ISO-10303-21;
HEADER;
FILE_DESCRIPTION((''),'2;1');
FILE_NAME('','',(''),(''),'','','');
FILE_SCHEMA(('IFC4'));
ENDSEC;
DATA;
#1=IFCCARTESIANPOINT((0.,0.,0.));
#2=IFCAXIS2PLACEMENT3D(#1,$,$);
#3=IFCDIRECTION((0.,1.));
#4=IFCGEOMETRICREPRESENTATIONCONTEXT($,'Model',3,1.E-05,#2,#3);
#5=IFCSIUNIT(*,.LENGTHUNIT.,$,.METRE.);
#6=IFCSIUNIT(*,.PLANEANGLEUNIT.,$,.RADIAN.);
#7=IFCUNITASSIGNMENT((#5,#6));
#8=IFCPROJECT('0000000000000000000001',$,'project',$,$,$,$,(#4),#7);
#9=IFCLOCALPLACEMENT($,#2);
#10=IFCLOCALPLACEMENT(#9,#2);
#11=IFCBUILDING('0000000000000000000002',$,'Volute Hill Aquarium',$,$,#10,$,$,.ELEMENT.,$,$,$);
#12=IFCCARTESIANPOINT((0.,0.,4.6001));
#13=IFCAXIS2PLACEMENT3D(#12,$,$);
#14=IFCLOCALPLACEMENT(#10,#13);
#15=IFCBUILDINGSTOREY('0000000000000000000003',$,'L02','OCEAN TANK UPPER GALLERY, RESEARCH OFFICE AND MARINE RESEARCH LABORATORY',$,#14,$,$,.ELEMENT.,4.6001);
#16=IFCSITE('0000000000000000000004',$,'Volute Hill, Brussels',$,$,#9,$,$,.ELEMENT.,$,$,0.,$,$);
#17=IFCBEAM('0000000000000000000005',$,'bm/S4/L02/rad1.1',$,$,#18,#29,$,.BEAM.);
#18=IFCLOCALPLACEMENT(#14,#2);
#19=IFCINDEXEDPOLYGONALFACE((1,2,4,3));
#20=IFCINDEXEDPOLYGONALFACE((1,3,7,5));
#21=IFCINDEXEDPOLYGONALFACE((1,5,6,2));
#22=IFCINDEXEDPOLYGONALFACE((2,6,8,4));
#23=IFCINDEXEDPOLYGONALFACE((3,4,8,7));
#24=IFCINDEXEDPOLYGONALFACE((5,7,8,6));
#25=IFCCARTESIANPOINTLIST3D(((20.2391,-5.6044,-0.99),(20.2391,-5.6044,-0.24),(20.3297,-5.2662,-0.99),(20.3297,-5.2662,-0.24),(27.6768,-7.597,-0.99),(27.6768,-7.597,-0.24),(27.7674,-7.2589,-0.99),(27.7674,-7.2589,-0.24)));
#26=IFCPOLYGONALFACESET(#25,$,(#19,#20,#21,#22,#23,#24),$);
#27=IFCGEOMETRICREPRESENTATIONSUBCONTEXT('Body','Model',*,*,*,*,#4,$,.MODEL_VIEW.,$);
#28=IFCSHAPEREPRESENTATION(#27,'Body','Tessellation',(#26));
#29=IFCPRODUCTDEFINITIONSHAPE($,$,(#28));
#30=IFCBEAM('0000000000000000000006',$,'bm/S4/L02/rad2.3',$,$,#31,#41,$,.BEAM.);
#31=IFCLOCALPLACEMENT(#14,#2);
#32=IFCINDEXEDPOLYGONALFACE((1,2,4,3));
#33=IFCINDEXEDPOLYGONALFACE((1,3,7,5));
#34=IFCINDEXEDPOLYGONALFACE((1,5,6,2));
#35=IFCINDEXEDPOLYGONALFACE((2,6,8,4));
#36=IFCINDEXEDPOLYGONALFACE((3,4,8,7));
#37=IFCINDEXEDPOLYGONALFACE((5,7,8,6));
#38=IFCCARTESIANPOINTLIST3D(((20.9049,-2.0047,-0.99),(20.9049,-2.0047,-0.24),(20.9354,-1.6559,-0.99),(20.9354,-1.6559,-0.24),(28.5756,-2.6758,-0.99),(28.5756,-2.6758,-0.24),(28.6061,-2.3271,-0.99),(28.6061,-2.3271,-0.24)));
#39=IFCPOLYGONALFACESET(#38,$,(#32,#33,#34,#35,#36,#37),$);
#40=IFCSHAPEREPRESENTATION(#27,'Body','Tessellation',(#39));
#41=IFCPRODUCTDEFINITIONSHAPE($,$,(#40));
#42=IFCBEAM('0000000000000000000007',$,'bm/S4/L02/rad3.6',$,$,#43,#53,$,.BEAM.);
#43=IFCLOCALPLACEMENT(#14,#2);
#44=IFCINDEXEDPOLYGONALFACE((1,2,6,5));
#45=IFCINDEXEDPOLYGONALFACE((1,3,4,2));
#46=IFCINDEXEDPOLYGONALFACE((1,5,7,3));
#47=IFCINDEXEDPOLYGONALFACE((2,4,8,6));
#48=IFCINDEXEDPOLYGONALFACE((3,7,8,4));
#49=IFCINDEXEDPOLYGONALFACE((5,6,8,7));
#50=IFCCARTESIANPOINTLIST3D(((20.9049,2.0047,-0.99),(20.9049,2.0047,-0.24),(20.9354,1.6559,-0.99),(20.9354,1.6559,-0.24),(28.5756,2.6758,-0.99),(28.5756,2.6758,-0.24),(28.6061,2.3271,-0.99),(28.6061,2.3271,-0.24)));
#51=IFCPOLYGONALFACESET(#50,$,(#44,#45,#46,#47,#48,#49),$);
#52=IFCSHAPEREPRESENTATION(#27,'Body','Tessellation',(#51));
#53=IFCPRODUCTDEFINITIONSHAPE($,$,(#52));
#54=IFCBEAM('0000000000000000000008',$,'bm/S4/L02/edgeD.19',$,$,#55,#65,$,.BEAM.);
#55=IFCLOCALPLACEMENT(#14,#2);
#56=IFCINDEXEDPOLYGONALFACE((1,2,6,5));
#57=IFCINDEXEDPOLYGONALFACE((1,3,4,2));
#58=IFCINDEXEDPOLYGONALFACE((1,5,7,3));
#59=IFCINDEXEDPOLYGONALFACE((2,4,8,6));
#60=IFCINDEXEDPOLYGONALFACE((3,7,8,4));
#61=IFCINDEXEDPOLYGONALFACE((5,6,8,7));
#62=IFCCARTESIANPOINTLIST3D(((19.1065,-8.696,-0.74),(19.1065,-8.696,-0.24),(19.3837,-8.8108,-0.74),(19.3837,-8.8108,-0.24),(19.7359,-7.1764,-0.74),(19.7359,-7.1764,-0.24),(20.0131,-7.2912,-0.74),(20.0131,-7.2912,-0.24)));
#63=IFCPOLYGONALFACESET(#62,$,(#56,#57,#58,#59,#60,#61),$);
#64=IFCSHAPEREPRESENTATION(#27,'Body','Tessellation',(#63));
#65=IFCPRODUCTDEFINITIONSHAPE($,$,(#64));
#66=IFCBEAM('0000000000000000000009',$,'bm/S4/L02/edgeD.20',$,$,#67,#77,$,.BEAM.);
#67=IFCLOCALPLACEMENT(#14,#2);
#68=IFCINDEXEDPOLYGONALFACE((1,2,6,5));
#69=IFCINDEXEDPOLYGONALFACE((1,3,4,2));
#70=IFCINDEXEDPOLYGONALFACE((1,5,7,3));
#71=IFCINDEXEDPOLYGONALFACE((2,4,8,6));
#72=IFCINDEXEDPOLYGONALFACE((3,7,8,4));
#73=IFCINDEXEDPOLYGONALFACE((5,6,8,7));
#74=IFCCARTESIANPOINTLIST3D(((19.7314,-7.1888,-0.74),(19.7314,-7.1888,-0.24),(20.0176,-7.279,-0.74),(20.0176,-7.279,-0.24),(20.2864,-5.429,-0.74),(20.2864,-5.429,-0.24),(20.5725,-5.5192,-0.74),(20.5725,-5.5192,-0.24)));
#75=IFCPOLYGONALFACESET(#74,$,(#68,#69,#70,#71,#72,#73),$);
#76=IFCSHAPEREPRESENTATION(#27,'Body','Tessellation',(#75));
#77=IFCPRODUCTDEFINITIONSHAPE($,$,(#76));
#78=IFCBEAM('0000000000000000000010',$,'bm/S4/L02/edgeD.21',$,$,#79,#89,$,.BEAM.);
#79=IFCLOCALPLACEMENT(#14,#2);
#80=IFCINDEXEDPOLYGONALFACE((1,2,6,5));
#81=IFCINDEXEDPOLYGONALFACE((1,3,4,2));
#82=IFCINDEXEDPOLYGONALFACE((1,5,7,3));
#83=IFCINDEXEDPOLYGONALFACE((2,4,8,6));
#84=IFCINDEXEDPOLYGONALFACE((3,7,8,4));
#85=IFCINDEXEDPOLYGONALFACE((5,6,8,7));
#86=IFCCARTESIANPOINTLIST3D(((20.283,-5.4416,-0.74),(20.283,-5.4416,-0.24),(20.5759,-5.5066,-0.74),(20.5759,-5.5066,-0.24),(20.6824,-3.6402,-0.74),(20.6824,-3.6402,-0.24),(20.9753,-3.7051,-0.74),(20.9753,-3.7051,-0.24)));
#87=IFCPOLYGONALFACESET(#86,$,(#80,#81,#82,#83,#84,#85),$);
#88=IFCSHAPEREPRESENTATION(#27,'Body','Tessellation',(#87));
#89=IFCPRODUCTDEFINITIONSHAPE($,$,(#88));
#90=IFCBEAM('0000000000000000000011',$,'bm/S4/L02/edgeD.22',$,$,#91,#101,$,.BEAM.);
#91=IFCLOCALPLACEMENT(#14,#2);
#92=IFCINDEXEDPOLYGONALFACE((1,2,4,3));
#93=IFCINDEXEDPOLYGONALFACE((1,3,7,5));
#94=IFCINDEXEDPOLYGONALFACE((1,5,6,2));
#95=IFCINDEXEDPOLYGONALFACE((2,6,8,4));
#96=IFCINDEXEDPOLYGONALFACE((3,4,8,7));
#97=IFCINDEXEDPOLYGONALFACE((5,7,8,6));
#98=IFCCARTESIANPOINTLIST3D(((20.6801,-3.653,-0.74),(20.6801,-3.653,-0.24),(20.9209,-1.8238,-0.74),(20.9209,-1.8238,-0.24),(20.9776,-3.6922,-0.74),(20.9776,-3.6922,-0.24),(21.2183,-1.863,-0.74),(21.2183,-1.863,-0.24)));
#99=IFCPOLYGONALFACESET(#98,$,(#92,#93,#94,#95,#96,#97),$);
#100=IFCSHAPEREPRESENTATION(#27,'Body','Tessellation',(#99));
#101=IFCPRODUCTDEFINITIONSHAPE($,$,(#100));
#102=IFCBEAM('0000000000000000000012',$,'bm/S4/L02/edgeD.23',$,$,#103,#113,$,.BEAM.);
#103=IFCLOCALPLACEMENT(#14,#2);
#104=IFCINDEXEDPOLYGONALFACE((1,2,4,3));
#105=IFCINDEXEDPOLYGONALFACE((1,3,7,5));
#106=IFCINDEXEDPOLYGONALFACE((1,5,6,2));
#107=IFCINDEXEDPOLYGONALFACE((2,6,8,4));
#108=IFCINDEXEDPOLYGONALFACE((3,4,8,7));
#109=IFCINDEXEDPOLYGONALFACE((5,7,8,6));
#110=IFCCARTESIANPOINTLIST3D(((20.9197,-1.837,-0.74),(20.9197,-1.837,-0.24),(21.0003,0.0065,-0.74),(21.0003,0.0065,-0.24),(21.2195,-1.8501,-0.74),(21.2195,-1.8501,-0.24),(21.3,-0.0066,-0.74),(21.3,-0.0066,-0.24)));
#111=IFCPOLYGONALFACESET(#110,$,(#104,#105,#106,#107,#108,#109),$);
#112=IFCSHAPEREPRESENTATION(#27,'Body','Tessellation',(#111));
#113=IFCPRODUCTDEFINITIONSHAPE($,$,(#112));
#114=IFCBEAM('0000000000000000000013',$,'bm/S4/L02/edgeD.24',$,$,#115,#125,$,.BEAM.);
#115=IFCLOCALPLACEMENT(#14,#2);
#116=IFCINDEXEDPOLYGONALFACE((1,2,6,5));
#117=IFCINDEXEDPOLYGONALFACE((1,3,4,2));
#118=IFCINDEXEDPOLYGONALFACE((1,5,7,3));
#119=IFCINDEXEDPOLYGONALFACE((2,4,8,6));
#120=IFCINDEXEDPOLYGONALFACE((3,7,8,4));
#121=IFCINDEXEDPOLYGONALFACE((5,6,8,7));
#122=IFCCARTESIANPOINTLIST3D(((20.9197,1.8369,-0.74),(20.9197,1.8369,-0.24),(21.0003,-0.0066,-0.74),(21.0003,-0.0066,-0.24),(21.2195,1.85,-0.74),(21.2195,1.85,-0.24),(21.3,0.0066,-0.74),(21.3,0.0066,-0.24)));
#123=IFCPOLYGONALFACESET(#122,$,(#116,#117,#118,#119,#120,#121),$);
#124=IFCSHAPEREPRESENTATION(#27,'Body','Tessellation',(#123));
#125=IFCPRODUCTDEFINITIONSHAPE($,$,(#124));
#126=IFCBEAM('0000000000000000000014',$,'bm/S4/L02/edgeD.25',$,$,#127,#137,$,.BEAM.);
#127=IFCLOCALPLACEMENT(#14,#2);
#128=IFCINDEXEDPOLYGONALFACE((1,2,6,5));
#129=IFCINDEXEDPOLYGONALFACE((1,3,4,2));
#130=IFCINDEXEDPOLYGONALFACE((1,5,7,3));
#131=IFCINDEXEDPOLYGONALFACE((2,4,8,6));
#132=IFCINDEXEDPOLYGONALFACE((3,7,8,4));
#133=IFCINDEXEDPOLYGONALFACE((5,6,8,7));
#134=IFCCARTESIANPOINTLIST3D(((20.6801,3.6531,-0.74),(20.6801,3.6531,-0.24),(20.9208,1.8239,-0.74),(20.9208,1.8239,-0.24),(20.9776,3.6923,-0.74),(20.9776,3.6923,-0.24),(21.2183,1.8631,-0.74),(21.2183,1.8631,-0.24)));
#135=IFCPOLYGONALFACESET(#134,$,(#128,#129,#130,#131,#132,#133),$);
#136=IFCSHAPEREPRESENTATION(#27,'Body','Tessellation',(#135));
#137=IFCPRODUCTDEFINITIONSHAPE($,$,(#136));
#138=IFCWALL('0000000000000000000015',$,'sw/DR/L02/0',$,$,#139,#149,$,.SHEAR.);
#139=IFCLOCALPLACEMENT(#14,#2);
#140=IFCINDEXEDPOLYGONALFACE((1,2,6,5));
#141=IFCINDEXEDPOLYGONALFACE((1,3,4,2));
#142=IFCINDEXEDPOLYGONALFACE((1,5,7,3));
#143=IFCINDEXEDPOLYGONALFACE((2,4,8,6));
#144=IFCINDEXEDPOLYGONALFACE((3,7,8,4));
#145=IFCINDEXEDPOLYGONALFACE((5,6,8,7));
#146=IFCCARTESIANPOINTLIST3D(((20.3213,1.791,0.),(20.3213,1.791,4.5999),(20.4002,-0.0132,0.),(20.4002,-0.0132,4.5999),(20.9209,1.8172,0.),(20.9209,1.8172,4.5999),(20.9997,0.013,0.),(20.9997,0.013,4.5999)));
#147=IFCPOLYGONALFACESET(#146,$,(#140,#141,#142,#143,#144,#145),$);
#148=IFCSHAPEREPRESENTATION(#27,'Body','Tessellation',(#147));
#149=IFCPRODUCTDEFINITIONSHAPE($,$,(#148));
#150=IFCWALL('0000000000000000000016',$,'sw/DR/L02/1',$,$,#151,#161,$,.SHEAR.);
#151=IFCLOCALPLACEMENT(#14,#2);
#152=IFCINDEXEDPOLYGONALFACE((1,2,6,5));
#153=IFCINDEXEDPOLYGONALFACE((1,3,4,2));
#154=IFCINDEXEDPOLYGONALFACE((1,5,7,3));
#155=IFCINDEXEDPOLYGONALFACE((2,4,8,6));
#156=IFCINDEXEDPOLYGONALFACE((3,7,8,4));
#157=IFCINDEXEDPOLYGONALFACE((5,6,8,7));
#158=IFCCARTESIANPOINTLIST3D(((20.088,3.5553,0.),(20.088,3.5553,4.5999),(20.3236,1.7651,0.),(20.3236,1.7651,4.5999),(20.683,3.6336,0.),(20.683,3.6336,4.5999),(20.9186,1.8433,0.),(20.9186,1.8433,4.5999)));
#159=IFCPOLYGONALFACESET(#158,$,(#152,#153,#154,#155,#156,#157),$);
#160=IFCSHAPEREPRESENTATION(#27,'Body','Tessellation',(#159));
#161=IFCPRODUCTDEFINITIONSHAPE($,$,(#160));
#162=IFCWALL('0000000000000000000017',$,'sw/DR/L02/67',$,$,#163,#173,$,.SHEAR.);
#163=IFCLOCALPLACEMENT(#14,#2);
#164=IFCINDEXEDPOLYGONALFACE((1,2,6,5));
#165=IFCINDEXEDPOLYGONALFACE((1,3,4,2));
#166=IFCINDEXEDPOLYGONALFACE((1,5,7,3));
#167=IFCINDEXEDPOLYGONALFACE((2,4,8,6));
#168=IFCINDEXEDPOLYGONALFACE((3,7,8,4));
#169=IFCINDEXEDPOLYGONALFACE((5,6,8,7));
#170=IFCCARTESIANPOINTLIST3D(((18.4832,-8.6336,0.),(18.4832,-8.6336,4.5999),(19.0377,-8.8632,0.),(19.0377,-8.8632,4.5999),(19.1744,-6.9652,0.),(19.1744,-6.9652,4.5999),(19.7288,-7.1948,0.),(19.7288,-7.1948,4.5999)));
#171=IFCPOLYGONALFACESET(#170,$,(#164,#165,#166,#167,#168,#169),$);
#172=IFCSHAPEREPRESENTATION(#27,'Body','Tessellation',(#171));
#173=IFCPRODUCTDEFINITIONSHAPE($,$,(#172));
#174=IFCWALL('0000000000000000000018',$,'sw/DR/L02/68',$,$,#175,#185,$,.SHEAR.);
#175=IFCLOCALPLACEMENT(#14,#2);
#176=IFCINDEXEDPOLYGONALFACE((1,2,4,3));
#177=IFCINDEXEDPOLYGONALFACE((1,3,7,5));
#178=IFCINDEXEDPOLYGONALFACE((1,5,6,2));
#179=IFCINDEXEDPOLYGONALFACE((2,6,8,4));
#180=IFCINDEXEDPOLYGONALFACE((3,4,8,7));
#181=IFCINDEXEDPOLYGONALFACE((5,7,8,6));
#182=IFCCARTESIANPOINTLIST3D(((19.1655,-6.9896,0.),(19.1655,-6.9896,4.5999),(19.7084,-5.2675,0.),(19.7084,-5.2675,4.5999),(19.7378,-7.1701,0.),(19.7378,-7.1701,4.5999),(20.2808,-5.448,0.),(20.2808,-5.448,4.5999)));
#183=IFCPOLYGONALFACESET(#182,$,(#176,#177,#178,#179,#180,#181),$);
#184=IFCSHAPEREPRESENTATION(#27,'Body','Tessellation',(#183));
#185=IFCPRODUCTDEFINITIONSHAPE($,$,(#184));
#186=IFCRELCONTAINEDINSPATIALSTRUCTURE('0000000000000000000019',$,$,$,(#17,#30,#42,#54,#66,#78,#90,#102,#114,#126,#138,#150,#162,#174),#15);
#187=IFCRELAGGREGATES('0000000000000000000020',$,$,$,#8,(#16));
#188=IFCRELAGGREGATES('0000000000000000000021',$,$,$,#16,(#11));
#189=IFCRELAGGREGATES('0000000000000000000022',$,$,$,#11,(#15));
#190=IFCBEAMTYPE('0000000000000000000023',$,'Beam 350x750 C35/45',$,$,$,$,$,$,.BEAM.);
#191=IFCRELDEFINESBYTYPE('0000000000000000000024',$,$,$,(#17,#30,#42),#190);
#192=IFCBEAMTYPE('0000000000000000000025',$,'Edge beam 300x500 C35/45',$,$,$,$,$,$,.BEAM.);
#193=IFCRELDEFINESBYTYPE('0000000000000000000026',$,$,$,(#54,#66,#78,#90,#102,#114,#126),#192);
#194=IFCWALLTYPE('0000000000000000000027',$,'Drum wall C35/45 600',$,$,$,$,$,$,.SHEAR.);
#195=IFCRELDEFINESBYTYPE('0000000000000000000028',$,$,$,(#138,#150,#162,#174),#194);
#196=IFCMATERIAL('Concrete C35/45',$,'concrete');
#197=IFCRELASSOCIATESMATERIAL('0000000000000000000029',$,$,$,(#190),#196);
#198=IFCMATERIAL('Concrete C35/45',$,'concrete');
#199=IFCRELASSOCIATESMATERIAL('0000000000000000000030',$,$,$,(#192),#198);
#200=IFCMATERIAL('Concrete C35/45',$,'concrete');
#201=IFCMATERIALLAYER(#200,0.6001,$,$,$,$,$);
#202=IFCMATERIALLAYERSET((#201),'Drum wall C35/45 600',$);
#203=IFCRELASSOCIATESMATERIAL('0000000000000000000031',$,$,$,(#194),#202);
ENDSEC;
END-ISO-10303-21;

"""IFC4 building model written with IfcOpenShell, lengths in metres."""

from ifc_helpers import new_model, si_unit, direction, frame, frame_2d, origin, origin_2d, place, context, subcontext, project, spatial, rectangle, extrude, material, layer, layer_set, material_profile, profile_set, type_object, element, save


model = new_model("IFC4")

# Units and contexts
model_context = context("Model", 3, precision=1e-05, world=origin(), true_north=direction((0.0, 1.0)))
body_context = subcontext(model_context, "Body", "Model", "MODEL_VIEW")
ifc_project = project(units=[si_unit("LENGTHUNIT", "METRE"), si_unit("PLANEANGLEUNIT", "RADIAN")], contexts=[model_context])

# Site, building, storey
site_placement = place(None, origin())
site = spatial("IfcSite", under=ifc_project, at=site_placement, Name="Volute Hill, Brussels", CompositionType="ELEMENT", RefElevation=0.0)
building_placement = place(site_placement, origin())
building = spatial("IfcBuilding", under=site, at=building_placement, Name="Volute Hill Aquarium", CompositionType="ELEMENT")
storey_placement = place(building_placement, frame((0.0, 0.0, 4.6001)))
storey = spatial("IfcBuildingStorey", under=building, at=storey_placement, Name="L02", Description="OCEAN TANK UPPER GALLERY, RESEARCH OFFICE AND MARINE RESEARCH LABORATORY", CompositionType="ELEMENT", Elevation=4.6001)

# Beams
ifc_material_1 = material(Name="Concrete C35/45", Category="concrete")
ifc_material_profile_1 = material_profile(ifc_material_1, rectangle(XDim=0.3501, YDim=0.75, at=origin_2d()), Name="RC beam 350x750")
ifc_profile_set_1 = profile_set([ifc_material_profile_1], Name="Concrete C35/45")
beam_type_1 = type_object("IfcBeamType", Name="Beam 350x750 C35/45", PredefinedType="BEAM", material=ifc_profile_set_1)
for number, where, z_axis, x_axis, name in (
    (1, (20.2844, -5.4353, -0.615), (0.965934, -0.258787, 0.0), (0.258787, 0.965934, 0.0), "bm/S4/L02/rad1.1"),
    (2, (20.9202, -1.8303, -0.615), (0.996194, -0.087162, 0.0), (0.087162, 0.996194, 0.0), "bm/S4/L02/rad2.3"),
    (3, (20.9202, 1.8303, -0.615), (0.996194, 0.087162, 0.0), (-0.087162, 0.996194, 0.0), "bm/S4/L02/rad3.6"),
):
    element("IfcBeam", number, at=place(storey_placement, frame(where, z_axis=z_axis, x_axis=x_axis)), inside=storey, type_object=beam_type_1, Name=name, PredefinedType="BEAM", context=body_context, shape_type="SweptSolid", body=[
        extrude(rectangle(XDim=0.3501, YDim=0.75, at=origin_2d()), origin(), (0.0, 0.0, 1.0), 7.7),
    ])
ifc_material_2 = material(Name="Concrete C35/45", Category="concrete")
ifc_material_profile_2 = material_profile(ifc_material_2, rectangle(XDim=0.3, YDim=0.5, at=origin_2d()), Name="RC edge beam 300x500")
ifc_profile_set_2 = profile_set([ifc_material_profile_2], Name="Concrete C35/45")
beam_type_2 = type_object("IfcBeamType", Name="Edge beam 300x500 C35/45", PredefinedType="BEAM", material=ifc_profile_set_2)
beam_1_placement = place(storey_placement, frame((19.2451, -8.7534, -0.49), z_axis=(0.382675, 0.923883, 0.0), x_axis=(-0.923883, 0.382675, 0.0)))
element("IfcBeam", 4, at=beam_1_placement, inside=storey, type_object=beam_type_2, Name="bm/S4/L02/edgeD.19", PredefinedType="BEAM", context=body_context, shape_type="SweptSolid", body=[
    extrude(rectangle(XDim=0.3, YDim=0.5, at=origin_2d()), origin(), (0.0, 0.0, 1.0), 1.6448),
])
for number, where, z_axis, x_axis, name in (
    (5, (19.8745, -7.2339, -0.49), (0.300745, 0.953705, 0.0), (-0.953705, 0.300745, 0.0), "bm/S4/L02/edgeD.20"),
    (6, (20.4294, -5.4741, -0.49), (0.216454, 0.976293, 0.0), (-0.976293, 0.216454, 0.0), "bm/S4/L02/edgeD.21"),
):
    element("IfcBeam", number, at=place(storey_placement, frame(where, z_axis=z_axis, x_axis=x_axis)), inside=storey, type_object=beam_type_2, Name=name, PredefinedType="BEAM", context=body_context, shape_type="SweptSolid", body=[
        extrude(rectangle(XDim=0.3, YDim=0.5, at=origin_2d()), origin(), (0.0, 0.0, 1.0), 1.8452),
    ])
beam_2_placement = place(storey_placement, frame((20.8289, -3.6726, -0.49), z_axis=(0.130482, 0.991451, 0.0), x_axis=(-0.991451, 0.130482, 0.0)))
element("IfcBeam", 7, at=beam_2_placement, inside=storey, type_object=beam_type_2, Name="bm/S4/L02/edgeD.22", PredefinedType="BEAM", context=body_context, shape_type="SweptSolid", body=[
    extrude(rectangle(XDim=0.3, YDim=0.5, at=origin_2d()), origin(), (0.0, 0.0, 1.0), 1.845),
])
for number, where, z_axis, x_axis, name in (
    (8, (21.0696, -1.8435, -0.49), (0.043661, 0.999046, 0.0), (-0.999046, 0.043661, 0.0), "bm/S4/L02/edgeD.23"),
    (9, (21.1501, 0.0, -0.49), (-0.043661, 0.999046, 0.0), (-0.999046, -0.043661, 0.0), "bm/S4/L02/edgeD.24"),
):
    element("IfcBeam", number, at=place(storey_placement, frame(where, z_axis=z_axis, x_axis=x_axis)), inside=storey, type_object=beam_type_2, Name=name, PredefinedType="BEAM", context=body_context, shape_type="SweptSolid", body=[
        extrude(rectangle(XDim=0.3, YDim=0.5, at=origin_2d()), origin(), (0.0, 0.0, 1.0), 1.8452),
    ])
beam_3_placement = place(storey_placement, frame((21.0696, 1.8435, -0.49), z_axis=(-0.130482, 0.991451, 0.0), x_axis=(-0.991451, -0.130482, 0.0)))
element("IfcBeam", 10, at=beam_3_placement, inside=storey, type_object=beam_type_2, Name="bm/S4/L02/edgeD.25", PredefinedType="BEAM", context=body_context, shape_type="SweptSolid", body=[
    extrude(rectangle(XDim=0.3, YDim=0.5, at=origin_2d()), origin(), (0.0, 0.0, 1.0), 1.845),
])

# Walls
ifc_material_3 = material(Name="Concrete C35/45", Category="concrete")
ifc_layer_1 = layer(ifc_material_3, 0.6001)
ifc_layer_set_1 = layer_set([ifc_layer_1], Name="Drum wall C35/45 600")
wall_type_1 = type_object("IfcWallType", Name="Drum wall C35/45 600", PredefinedType="SHEAR", material=ifc_layer_set_1)
wall_1_placement = place(storey_placement, frame((20.7, 0.0, 0.0), z_axis=(0.0, 0.0, 1.0), x_axis=(-0.043666, 0.999046, 0.0)))
element("IfcWall", 11, at=wall_1_placement, inside=storey, type_object=wall_type_1, Name="sw/DR/L02/0", PredefinedType="SHEAR", context=body_context, shape_type="SweptSolid", body=[
    extrude(rectangle(XDim=1.8059, YDim=0.6001, at=frame_2d((0.9028, 0.0))), origin(), (0.0, 0.0, 1.0), 4.5999),
])
wall_2_placement = place(storey_placement, frame((20.6211, 1.8042, 0.0), z_axis=(0.0, 0.0, 1.0), x_axis=(-0.130472, 0.991452, 0.0)))
element("IfcWall", 12, at=wall_2_placement, inside=storey, type_object=wall_type_1, Name="sw/DR/L02/1", PredefinedType="SHEAR", context=body_context, shape_type="SweptSolid", body=[
    extrude(rectangle(XDim=1.8057, YDim=0.6001, at=frame_2d((0.9028, 0.0))), origin(), (0.0, 0.0, 1.0), 4.5999),
])
wall_3_placement = place(storey_placement, frame((18.7605, -8.7483, 0.0), z_axis=(0.0, 0.0, 1.0), x_axis=(0.382714, 0.923867, 0.0)))
element("IfcWall", 13, at=wall_3_placement, inside=storey, type_object=wall_type_1, Name="sw/DR/L02/67", PredefinedType="SHEAR", context=body_context, shape_type="SweptSolid", body=[
    extrude(rectangle(XDim=1.8059, YDim=0.6001, at=frame_2d((0.9028, 0.0))), origin(), (0.0, 0.0, 1.0), 4.5999),
])
wall_4_placement = place(storey_placement, frame((19.4517, -7.0798, 0.0), z_axis=(0.0, 0.0, 1.0), x_axis=(0.300691, 0.953722, 0.0)))
element("IfcWall", 14, at=wall_4_placement, inside=storey, type_object=wall_type_1, Name="sw/DR/L02/68", PredefinedType="SHEAR", context=body_context, shape_type="SweptSolid", body=[
    extrude(rectangle(XDim=1.8057, YDim=0.6001, at=frame_2d((0.9028, 0.0))), origin(), (0.0, 0.0, 1.0), 4.5999),
])

save(model, "model.ifc")
